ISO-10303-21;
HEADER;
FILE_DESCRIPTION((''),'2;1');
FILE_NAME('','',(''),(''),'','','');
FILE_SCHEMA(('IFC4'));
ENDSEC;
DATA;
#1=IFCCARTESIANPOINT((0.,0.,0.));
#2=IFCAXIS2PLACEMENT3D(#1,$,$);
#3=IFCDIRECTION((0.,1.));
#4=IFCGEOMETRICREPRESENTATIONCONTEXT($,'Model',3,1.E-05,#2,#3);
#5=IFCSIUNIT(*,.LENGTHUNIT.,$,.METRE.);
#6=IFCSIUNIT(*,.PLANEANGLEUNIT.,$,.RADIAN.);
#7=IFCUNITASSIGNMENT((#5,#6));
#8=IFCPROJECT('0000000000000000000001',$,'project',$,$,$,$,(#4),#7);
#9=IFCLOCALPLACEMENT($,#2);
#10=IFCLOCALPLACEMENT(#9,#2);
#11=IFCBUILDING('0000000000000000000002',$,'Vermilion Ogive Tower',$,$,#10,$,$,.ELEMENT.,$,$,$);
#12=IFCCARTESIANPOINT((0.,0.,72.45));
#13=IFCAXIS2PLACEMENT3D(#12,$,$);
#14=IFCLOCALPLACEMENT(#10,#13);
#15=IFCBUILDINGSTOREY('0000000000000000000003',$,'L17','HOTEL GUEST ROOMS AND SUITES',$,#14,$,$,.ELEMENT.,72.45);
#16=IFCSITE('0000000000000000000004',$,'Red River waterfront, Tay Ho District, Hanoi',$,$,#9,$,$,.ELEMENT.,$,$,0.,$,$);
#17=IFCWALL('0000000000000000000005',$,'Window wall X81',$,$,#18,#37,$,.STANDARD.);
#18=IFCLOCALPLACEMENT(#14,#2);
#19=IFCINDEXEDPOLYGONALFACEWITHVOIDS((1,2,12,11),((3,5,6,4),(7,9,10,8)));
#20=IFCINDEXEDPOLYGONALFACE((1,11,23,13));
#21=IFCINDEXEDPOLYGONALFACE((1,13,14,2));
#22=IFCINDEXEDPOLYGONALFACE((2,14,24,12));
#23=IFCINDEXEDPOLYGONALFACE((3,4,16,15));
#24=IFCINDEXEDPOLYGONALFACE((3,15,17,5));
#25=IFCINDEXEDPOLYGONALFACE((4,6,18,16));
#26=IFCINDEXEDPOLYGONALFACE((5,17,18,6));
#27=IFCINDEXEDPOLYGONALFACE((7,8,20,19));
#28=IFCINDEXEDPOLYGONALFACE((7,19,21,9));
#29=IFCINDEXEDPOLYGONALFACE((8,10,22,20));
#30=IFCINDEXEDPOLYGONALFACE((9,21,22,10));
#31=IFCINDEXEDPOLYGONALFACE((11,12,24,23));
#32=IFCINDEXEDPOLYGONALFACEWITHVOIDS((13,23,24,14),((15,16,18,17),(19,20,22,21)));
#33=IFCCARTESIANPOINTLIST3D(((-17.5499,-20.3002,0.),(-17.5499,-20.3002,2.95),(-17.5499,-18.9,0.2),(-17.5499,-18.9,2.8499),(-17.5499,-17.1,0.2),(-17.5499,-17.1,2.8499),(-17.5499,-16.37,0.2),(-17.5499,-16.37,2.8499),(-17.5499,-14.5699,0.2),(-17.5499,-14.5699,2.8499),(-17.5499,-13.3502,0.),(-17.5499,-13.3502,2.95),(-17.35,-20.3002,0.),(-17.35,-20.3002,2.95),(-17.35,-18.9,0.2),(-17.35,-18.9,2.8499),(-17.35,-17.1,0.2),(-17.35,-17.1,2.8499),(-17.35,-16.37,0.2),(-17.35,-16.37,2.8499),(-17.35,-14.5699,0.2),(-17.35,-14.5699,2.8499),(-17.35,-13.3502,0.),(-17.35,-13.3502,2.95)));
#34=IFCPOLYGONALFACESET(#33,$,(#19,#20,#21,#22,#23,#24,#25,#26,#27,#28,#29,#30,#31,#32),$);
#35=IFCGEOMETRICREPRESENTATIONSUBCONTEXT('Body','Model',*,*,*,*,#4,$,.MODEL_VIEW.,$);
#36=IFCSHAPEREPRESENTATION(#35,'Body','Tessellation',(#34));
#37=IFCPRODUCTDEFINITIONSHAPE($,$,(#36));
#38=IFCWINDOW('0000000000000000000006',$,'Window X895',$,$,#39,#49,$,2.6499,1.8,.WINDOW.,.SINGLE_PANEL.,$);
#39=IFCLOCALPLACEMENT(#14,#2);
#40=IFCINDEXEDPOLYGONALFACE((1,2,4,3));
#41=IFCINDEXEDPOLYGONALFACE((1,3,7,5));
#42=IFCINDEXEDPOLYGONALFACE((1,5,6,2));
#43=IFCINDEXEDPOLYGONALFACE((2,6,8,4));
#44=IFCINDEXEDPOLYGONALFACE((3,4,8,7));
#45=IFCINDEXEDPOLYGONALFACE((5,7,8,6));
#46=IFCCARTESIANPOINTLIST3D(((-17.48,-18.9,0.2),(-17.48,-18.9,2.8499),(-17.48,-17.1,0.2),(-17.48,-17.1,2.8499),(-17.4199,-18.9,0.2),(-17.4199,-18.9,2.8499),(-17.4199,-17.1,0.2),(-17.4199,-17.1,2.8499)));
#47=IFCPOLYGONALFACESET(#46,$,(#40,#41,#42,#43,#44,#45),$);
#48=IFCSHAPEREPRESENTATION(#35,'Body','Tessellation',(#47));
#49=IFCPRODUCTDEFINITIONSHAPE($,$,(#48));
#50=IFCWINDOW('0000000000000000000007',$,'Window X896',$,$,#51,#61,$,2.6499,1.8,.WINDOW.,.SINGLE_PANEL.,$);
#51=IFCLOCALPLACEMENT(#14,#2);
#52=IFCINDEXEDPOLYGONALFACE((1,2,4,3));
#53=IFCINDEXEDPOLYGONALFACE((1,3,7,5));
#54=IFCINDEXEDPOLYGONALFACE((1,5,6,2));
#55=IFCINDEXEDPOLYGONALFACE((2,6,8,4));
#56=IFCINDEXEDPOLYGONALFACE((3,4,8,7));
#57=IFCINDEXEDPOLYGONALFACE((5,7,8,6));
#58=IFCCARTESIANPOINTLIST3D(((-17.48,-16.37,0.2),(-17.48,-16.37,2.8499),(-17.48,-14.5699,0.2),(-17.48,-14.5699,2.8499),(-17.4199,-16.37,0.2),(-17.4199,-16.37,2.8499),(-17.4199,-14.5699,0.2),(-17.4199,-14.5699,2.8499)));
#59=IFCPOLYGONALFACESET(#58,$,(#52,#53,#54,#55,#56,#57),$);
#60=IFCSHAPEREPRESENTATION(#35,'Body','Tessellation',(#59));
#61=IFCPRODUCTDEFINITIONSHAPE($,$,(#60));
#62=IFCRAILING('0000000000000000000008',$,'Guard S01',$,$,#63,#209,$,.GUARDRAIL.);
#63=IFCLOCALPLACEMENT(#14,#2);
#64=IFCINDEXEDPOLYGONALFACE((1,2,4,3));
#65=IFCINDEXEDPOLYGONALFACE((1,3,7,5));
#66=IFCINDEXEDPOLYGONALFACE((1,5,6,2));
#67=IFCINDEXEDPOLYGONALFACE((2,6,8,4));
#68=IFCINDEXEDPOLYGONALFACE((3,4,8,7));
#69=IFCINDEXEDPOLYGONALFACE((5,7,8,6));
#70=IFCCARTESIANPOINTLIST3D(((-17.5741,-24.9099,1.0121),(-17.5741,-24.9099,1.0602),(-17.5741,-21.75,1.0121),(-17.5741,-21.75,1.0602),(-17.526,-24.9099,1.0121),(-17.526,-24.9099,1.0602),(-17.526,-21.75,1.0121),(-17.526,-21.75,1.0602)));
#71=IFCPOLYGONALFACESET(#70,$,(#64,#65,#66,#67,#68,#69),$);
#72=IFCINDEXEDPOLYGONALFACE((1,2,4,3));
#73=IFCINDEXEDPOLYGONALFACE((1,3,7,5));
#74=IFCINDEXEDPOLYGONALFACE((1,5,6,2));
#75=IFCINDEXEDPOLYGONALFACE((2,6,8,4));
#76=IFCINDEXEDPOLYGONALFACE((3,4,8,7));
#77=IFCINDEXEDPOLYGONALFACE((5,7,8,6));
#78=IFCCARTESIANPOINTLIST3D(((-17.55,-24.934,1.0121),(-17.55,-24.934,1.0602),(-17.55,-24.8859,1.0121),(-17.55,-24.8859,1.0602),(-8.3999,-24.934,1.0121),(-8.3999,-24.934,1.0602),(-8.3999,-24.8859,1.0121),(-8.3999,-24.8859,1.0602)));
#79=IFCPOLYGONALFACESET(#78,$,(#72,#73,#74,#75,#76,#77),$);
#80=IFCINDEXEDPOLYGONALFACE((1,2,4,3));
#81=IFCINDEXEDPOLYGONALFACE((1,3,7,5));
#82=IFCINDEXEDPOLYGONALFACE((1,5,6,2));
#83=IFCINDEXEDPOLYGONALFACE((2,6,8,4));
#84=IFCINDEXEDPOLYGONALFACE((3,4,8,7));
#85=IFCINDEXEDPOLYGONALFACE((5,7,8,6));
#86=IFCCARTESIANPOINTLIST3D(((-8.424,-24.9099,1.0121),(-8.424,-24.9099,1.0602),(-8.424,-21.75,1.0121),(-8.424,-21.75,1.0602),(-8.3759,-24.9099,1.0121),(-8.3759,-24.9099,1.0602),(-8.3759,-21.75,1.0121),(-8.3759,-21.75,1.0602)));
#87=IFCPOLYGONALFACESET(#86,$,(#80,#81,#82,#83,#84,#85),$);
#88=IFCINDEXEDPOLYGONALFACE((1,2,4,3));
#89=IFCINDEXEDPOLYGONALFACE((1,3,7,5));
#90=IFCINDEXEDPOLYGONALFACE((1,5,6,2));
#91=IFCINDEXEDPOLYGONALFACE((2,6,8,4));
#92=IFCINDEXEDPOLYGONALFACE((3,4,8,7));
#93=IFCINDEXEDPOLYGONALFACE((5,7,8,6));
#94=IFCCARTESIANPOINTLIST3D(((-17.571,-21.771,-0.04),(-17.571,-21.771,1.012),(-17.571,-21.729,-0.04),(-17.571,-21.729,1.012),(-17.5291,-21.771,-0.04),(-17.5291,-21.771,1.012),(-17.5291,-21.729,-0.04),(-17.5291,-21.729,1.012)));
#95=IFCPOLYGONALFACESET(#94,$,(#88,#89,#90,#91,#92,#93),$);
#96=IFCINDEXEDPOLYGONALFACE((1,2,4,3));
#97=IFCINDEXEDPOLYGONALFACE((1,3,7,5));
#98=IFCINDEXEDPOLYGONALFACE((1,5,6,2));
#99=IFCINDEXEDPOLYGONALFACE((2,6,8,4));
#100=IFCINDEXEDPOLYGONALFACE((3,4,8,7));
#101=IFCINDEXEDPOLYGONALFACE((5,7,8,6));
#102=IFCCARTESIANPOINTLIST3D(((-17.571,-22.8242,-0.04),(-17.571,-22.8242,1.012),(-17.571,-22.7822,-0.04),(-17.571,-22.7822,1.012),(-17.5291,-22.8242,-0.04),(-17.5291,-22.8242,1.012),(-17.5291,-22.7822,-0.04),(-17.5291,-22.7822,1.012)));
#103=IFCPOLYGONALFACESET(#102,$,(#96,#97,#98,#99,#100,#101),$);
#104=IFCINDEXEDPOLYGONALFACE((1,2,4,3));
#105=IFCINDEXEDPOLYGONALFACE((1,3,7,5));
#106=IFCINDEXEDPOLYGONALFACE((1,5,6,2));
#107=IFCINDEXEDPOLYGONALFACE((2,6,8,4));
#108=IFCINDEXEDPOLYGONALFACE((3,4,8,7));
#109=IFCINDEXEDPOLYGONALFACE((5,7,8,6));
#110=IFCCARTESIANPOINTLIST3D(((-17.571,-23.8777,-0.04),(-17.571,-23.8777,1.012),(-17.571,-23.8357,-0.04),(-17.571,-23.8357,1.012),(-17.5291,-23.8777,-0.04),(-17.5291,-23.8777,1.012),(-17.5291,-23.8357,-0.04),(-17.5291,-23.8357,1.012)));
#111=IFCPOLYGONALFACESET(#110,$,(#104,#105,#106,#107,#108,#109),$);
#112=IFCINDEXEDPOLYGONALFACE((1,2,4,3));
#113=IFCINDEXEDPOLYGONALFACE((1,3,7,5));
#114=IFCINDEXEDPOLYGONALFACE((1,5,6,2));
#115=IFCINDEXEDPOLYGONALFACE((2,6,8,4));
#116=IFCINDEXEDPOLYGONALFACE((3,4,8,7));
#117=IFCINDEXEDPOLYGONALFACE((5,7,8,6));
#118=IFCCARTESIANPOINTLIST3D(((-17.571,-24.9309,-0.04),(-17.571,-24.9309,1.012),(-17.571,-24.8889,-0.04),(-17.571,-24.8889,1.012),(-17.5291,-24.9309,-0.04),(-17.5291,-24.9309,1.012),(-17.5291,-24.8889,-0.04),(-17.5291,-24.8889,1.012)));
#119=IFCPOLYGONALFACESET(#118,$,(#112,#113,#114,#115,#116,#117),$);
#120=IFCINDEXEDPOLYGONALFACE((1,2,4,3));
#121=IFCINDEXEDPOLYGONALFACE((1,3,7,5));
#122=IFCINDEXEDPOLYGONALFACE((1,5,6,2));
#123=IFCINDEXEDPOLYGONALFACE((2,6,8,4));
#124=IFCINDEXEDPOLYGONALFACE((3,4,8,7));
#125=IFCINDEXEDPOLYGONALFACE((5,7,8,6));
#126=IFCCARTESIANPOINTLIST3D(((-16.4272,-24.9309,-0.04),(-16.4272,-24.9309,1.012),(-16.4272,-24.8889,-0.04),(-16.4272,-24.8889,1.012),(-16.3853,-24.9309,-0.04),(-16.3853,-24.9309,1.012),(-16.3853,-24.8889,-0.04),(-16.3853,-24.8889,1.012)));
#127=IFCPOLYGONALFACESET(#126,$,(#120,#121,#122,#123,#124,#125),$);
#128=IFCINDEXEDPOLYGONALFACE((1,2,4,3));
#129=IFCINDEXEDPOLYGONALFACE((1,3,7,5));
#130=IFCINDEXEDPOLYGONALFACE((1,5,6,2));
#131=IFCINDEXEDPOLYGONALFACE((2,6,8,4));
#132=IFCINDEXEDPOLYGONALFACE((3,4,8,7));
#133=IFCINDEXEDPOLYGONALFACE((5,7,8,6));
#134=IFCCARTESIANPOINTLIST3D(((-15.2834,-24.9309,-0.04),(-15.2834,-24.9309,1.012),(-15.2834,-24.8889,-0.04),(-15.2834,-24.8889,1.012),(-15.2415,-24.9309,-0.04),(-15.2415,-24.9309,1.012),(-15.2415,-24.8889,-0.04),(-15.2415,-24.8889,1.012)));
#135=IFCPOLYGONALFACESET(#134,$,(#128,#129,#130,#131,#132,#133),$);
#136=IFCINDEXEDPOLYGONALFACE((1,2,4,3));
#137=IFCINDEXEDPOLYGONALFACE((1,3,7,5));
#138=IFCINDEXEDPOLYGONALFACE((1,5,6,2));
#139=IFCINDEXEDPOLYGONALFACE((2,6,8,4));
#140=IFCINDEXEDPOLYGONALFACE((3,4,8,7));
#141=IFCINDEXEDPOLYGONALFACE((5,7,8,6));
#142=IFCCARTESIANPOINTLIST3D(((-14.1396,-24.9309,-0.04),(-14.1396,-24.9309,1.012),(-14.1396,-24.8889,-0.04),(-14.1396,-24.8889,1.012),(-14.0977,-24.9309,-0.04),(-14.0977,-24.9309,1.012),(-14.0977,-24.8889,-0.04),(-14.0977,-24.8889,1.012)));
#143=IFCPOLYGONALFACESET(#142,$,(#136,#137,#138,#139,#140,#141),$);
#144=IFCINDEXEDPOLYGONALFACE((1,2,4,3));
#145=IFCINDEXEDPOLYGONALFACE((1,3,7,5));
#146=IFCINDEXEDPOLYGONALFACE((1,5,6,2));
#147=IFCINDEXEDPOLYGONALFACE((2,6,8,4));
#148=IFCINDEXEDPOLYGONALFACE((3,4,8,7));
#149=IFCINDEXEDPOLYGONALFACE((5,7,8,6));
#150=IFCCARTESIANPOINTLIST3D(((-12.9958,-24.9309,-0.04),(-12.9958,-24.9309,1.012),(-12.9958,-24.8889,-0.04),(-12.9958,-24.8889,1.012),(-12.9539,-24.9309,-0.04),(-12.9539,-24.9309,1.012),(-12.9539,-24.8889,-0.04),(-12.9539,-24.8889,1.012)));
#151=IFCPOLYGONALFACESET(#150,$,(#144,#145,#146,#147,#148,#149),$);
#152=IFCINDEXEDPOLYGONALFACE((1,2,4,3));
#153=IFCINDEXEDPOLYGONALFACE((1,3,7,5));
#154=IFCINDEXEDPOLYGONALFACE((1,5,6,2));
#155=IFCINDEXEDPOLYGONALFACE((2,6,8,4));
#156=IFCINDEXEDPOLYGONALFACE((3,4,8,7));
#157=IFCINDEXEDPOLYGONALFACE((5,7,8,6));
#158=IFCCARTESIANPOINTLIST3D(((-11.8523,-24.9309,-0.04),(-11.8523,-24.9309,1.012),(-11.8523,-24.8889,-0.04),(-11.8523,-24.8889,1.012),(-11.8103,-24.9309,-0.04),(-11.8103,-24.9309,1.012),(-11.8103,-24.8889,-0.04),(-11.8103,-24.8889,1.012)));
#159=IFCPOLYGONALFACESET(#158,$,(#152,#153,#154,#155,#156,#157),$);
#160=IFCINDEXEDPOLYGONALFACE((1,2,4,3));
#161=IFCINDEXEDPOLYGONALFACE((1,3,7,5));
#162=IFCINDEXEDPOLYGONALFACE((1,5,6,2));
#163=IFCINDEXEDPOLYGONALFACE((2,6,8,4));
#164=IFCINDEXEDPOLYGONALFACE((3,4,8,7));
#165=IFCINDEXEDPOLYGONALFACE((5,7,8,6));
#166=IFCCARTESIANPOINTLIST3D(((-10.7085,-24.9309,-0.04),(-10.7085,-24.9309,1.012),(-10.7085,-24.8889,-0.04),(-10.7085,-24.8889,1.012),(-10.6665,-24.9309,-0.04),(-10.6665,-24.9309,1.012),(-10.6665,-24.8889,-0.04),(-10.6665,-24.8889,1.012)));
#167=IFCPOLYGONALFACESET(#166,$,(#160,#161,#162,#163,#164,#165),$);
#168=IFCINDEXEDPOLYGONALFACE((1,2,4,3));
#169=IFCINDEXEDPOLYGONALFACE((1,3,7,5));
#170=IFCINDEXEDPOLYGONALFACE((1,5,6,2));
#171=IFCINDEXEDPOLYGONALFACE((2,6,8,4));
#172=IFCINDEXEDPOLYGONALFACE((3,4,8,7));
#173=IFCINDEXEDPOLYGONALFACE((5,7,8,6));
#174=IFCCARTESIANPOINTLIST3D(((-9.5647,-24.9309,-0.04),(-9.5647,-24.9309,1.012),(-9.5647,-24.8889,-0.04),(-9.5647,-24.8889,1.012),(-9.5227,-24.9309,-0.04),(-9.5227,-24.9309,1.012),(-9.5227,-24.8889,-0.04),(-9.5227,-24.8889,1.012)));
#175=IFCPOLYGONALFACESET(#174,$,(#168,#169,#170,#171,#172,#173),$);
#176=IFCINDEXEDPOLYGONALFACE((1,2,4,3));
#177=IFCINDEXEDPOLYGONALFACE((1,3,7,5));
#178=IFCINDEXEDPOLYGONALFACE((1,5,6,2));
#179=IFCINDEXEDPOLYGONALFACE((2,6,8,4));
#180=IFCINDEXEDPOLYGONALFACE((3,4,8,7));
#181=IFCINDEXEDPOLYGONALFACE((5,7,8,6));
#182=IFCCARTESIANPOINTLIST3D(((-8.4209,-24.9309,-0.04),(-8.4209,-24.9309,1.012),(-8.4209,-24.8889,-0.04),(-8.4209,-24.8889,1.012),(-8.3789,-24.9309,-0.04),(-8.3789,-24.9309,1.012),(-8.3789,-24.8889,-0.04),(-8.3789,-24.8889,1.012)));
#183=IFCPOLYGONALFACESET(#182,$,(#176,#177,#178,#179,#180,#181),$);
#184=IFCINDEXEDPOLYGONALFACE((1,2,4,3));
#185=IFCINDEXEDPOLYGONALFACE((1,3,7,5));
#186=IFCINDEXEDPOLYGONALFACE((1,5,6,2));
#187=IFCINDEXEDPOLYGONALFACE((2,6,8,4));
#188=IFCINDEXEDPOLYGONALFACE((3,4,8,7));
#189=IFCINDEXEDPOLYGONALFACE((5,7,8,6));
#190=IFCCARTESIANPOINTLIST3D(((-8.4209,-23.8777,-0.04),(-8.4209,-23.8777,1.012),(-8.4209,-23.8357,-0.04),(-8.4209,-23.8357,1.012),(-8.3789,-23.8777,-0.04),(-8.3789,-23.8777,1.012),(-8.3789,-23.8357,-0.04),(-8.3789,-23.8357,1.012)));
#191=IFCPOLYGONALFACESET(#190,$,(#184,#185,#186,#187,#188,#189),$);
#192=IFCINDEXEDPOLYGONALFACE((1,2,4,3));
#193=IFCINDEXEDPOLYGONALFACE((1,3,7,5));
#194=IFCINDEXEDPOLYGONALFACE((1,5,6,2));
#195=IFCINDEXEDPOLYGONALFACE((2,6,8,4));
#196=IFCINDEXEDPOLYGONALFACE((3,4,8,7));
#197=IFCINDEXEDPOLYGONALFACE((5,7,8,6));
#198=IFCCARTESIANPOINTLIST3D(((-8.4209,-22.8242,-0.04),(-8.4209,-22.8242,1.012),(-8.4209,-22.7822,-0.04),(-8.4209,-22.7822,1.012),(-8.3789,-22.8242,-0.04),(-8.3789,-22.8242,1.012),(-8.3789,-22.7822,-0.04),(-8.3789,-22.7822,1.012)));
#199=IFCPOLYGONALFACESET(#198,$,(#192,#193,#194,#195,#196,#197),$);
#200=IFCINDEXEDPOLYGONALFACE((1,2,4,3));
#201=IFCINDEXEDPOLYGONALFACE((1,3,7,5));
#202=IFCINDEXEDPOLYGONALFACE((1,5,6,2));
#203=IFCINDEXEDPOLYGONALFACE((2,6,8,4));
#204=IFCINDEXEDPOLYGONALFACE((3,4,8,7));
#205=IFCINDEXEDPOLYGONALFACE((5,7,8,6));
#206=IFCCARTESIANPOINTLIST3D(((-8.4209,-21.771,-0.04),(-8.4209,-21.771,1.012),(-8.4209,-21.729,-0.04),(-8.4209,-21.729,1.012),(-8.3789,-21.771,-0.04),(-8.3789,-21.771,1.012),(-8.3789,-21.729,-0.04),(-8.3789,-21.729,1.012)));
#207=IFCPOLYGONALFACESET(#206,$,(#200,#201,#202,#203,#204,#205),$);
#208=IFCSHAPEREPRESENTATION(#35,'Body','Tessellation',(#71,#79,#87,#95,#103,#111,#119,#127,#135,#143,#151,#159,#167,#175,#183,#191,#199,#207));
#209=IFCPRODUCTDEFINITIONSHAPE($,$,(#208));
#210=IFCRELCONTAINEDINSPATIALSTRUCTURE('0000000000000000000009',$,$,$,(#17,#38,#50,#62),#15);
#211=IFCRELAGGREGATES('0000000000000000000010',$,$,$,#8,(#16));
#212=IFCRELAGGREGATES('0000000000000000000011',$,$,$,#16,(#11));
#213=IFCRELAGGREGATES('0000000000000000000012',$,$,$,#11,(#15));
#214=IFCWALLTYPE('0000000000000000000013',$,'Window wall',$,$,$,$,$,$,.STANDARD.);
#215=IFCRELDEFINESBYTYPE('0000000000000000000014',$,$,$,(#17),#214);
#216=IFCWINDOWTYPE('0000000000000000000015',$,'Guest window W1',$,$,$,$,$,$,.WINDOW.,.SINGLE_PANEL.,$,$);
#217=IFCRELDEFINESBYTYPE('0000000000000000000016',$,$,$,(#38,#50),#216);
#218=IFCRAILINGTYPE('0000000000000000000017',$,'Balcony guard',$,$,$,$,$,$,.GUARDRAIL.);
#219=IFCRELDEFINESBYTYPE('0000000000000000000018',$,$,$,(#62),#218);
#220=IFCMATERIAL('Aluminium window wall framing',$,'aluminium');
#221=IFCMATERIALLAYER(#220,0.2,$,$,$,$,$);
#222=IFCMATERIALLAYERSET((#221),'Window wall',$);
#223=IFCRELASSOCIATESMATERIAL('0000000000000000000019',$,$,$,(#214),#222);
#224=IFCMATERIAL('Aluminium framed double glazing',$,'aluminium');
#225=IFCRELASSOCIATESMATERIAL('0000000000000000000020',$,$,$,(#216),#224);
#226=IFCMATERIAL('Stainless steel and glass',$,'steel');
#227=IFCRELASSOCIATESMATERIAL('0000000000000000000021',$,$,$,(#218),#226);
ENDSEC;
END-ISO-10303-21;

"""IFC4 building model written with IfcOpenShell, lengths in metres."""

from ifc_helpers import new_model, si_unit, direction, frame, frame_2d, origin, origin_2d, place, context, subcontext, project, spatial, rectangle, extrude, material, layer, layer_set, type_object, element, fill, save


model = new_model("IFC4")

# Units and contexts
model_context = context("Model", 3, precision=1e-05, world=origin(), true_north=direction((0.0, 1.0)))
body_context = subcontext(model_context, "Body", "Model", "MODEL_VIEW")
ifc_project = project(units=[si_unit("LENGTHUNIT", "METRE"), si_unit("PLANEANGLEUNIT", "RADIAN")], contexts=[model_context])

# Site, building, storey
site_placement = place(None, origin())
site = spatial("IfcSite", under=ifc_project, at=site_placement, Name="Red River waterfront, Tay Ho District, Hanoi", CompositionType="ELEMENT", RefElevation=0.0)
building_placement = place(site_placement, origin())
building = spatial("IfcBuilding", under=site, at=building_placement, Name="Vermilion Ogive Tower", CompositionType="ELEMENT")
storey_placement = place(building_placement, frame((0.0, 0.0, 72.45)))
storey = spatial("IfcBuildingStorey", under=building, at=storey_placement, Name="L17", Description="HOTEL GUEST ROOMS AND SUITES", CompositionType="ELEMENT", Elevation=72.45)

# Shared definitions
ifc_material_1 = material(Name="Aluminium window wall framing", Category="aluminium")
ifc_layer_1 = layer(ifc_material_1, 0.2)
ifc_layer_set_1 = layer_set([ifc_layer_1], Name="Window wall")
wall_type_1 = type_object("IfcWallType", Name="Window wall", PredefinedType="STANDARD", material=ifc_layer_set_1)
ifc_material_2 = material(Name="Aluminium framed double glazing", Category="aluminium")
window_type = type_object("IfcWindowType", Name="Guest window W1", PartitioningType="SINGLE_PANEL", PredefinedType="WINDOW", material=ifc_material_2)

# Wall, openings, windows
wall_1_placement = place(storey_placement, frame((-17.45, -13.3501, 0.0), z_axis=(0.0, 0.0, 1.0), x_axis=(0.0, -1.0, 0.0)))
wall_1 = element("IfcWall", 1, at=wall_1_placement, inside=storey, type_object=wall_type_1, Name="Window wall X81", PredefinedType="STANDARD", context=body_context, shape_type="SweptSolid", body=[
    extrude(rectangle(XDim=6.95, YDim=0.2, at=frame_2d((3.4751, 0.0))), origin(), (0.0, 0.0, 1.0), 2.95),
])
opening_1_placement = place(wall_1_placement, frame((3.75, 0.0, 0.2)))
opening_1 = element("IfcOpeningElement", 2, at=opening_1_placement, cuts=wall_1, PredefinedType="OPENING", context=body_context, shape_type="SweptSolid", body=[
    extrude(rectangle(XDim=1.8, YDim=2.6499, at=frame_2d((0.8999, 1.325))), frame((0.0, 0.1099, 0.0), z_axis=(0.0, -1.0, 0.0), x_axis=(1.0, 0.0, 0.0)), (0.0, 0.0, 1.0), 0.22),
])
opening_2_placement = place(wall_1_placement, frame((1.22, 0.0, 0.2)))
opening_2 = element("IfcOpeningElement", 3, at=opening_2_placement, cuts=wall_1, PredefinedType="OPENING", context=body_context, shape_type="SweptSolid", body=[
    extrude(rectangle(XDim=1.8, YDim=2.6499, at=frame_2d((0.8999, 1.325))), frame((0.0, 0.1099, 0.0), z_axis=(0.0, -1.0, 0.0), x_axis=(1.0, 0.0, 0.0)), (0.0, 0.0, 1.0), 0.22),
])
window_1_placement = place(opening_1_placement, origin())
window_1 = element("IfcWindow", 4, at=window_1_placement, inside=storey, type_object=window_type, Name="Window X895", OverallHeight=2.6499, OverallWidth=1.8, PartitioningType="SINGLE_PANEL", PredefinedType="WINDOW", context=body_context, shape_type="SweptSolid", body=[
    extrude(rectangle(XDim=1.8, YDim=2.6499, at=frame_2d((0.8999, 1.325))), frame((0.0, 0.03, 0.0), z_axis=(0.0, -1.0, 0.0), x_axis=(1.0, 0.0, 0.0)), (0.0, 0.0, 1.0), 0.0601),
])
fill(opening_1, window_1)
window_2_placement = place(opening_2_placement, origin())
window_2 = element("IfcWindow", 5, at=window_2_placement, inside=storey, type_object=window_type, Name="Window X896", OverallHeight=2.6499, OverallWidth=1.8, PartitioningType="SINGLE_PANEL", PredefinedType="WINDOW", context=body_context, shape_type="SweptSolid", body=[
    extrude(rectangle(XDim=1.8, YDim=2.6499, at=frame_2d((0.8999, 1.325))), frame((0.0, 0.03, 0.0), z_axis=(0.0, -1.0, 0.0), x_axis=(1.0, 0.0, 0.0)), (0.0, 0.0, 1.0), 0.0601),
])
fill(opening_2, window_2)

# Railing
ifc_material_3 = material(Name="Stainless steel and glass", Category="steel")
railing_type = type_object("IfcRailingType", Name="Balcony guard", PredefinedType="GUARDRAIL", material=ifc_material_3)
railing_placement = place(storey_placement, frame((-17.55, -21.75, -0.04)))
element("IfcRailing", 6, at=railing_placement, inside=storey, type_object=railing_type, Name="Guard S01", PredefinedType="GUARDRAIL", context=body_context, shape_type="SweptSolid", body=[
    extrude(rectangle(XDim=0.0481, YDim=0.0481, at=origin_2d()), frame((0.0, 0.0, 1.0762), z_axis=(0.0, -1.0, 0.0), x_axis=(1.0, 0.0, 0.0)), (0.0, 0.0, 1.0), 3.1599),
    extrude(rectangle(XDim=0.0481, YDim=0.0481, at=origin_2d()), frame((0.0, -3.1599, 1.0762), z_axis=(1.0, 0.0, 0.0), x_axis=(0.0, 1.0, 0.0)), (0.0, 0.0, 1.0), 9.1501),
    extrude(rectangle(XDim=0.0481, YDim=0.0481, at=origin_2d()), frame((9.1501, -3.1599, 1.0762), z_axis=(0.0, 1.0, 0.0), x_axis=(-1.0, 0.0, 0.0)), (0.0, 0.0, 1.0), 3.1599),
    extrude(rectangle(XDim=0.042, YDim=0.042, at=origin_2d()), origin(), (0.0, 0.0, 1.0), 1.052),
    extrude(rectangle(XDim=0.042, YDim=0.042, at=origin_2d()), frame((0.0, -1.0532, 0.0)), (0.0, 0.0, 1.0), 1.052),
    extrude(rectangle(XDim=0.042, YDim=0.042, at=origin_2d()), frame((0.0, -2.1067, 0.0)), (0.0, 0.0, 1.0), 1.052),
    extrude(rectangle(XDim=0.042, YDim=0.042, at=origin_2d()), frame((0.0, -3.1599, 0.0)), (0.0, 0.0, 1.0), 1.052),
    extrude(rectangle(XDim=0.042, YDim=0.042, at=origin_2d()), frame((1.1438, -3.1599, 0.0)), (0.0, 0.0, 1.0), 1.052),
    extrude(rectangle(XDim=0.042, YDim=0.042, at=origin_2d()), frame((2.2876, -3.1599, 0.0)), (0.0, 0.0, 1.0), 1.052),
    extrude(rectangle(XDim=0.042, YDim=0.042, at=origin_2d()), frame((3.4314, -3.1599, 0.0)), (0.0, 0.0, 1.0), 1.052),
    extrude(rectangle(XDim=0.042, YDim=0.042, at=origin_2d()), frame((4.5752, -3.1599, 0.0)), (0.0, 0.0, 1.0), 1.052),
    extrude(rectangle(XDim=0.042, YDim=0.042, at=origin_2d()), frame((5.7188, -3.1599, 0.0)), (0.0, 0.0, 1.0), 1.052),
    extrude(rectangle(XDim=0.042, YDim=0.042, at=origin_2d()), frame((6.8625, -3.1599, 0.0)), (0.0, 0.0, 1.0), 1.052),
    extrude(rectangle(XDim=0.042, YDim=0.042, at=origin_2d()), frame((8.0063, -3.1599, 0.0)), (0.0, 0.0, 1.0), 1.052),
    extrude(rectangle(XDim=0.042, YDim=0.042, at=origin_2d()), frame((9.1501, -3.1599, 0.0)), (0.0, 0.0, 1.0), 1.052),
    extrude(rectangle(XDim=0.042, YDim=0.042, at=origin_2d()), frame((9.1501, -2.1067, 0.0)), (0.0, 0.0, 1.0), 1.052),
    extrude(rectangle(XDim=0.042, YDim=0.042, at=origin_2d()), frame((9.1501, -1.0532, 0.0)), (0.0, 0.0, 1.0), 1.052),
    extrude(rectangle(XDim=0.042, YDim=0.042, at=origin_2d()), frame((9.1501, 0.0, 0.0)), (0.0, 0.0, 1.0), 1.052),
])

save(model, "model.ifc")
